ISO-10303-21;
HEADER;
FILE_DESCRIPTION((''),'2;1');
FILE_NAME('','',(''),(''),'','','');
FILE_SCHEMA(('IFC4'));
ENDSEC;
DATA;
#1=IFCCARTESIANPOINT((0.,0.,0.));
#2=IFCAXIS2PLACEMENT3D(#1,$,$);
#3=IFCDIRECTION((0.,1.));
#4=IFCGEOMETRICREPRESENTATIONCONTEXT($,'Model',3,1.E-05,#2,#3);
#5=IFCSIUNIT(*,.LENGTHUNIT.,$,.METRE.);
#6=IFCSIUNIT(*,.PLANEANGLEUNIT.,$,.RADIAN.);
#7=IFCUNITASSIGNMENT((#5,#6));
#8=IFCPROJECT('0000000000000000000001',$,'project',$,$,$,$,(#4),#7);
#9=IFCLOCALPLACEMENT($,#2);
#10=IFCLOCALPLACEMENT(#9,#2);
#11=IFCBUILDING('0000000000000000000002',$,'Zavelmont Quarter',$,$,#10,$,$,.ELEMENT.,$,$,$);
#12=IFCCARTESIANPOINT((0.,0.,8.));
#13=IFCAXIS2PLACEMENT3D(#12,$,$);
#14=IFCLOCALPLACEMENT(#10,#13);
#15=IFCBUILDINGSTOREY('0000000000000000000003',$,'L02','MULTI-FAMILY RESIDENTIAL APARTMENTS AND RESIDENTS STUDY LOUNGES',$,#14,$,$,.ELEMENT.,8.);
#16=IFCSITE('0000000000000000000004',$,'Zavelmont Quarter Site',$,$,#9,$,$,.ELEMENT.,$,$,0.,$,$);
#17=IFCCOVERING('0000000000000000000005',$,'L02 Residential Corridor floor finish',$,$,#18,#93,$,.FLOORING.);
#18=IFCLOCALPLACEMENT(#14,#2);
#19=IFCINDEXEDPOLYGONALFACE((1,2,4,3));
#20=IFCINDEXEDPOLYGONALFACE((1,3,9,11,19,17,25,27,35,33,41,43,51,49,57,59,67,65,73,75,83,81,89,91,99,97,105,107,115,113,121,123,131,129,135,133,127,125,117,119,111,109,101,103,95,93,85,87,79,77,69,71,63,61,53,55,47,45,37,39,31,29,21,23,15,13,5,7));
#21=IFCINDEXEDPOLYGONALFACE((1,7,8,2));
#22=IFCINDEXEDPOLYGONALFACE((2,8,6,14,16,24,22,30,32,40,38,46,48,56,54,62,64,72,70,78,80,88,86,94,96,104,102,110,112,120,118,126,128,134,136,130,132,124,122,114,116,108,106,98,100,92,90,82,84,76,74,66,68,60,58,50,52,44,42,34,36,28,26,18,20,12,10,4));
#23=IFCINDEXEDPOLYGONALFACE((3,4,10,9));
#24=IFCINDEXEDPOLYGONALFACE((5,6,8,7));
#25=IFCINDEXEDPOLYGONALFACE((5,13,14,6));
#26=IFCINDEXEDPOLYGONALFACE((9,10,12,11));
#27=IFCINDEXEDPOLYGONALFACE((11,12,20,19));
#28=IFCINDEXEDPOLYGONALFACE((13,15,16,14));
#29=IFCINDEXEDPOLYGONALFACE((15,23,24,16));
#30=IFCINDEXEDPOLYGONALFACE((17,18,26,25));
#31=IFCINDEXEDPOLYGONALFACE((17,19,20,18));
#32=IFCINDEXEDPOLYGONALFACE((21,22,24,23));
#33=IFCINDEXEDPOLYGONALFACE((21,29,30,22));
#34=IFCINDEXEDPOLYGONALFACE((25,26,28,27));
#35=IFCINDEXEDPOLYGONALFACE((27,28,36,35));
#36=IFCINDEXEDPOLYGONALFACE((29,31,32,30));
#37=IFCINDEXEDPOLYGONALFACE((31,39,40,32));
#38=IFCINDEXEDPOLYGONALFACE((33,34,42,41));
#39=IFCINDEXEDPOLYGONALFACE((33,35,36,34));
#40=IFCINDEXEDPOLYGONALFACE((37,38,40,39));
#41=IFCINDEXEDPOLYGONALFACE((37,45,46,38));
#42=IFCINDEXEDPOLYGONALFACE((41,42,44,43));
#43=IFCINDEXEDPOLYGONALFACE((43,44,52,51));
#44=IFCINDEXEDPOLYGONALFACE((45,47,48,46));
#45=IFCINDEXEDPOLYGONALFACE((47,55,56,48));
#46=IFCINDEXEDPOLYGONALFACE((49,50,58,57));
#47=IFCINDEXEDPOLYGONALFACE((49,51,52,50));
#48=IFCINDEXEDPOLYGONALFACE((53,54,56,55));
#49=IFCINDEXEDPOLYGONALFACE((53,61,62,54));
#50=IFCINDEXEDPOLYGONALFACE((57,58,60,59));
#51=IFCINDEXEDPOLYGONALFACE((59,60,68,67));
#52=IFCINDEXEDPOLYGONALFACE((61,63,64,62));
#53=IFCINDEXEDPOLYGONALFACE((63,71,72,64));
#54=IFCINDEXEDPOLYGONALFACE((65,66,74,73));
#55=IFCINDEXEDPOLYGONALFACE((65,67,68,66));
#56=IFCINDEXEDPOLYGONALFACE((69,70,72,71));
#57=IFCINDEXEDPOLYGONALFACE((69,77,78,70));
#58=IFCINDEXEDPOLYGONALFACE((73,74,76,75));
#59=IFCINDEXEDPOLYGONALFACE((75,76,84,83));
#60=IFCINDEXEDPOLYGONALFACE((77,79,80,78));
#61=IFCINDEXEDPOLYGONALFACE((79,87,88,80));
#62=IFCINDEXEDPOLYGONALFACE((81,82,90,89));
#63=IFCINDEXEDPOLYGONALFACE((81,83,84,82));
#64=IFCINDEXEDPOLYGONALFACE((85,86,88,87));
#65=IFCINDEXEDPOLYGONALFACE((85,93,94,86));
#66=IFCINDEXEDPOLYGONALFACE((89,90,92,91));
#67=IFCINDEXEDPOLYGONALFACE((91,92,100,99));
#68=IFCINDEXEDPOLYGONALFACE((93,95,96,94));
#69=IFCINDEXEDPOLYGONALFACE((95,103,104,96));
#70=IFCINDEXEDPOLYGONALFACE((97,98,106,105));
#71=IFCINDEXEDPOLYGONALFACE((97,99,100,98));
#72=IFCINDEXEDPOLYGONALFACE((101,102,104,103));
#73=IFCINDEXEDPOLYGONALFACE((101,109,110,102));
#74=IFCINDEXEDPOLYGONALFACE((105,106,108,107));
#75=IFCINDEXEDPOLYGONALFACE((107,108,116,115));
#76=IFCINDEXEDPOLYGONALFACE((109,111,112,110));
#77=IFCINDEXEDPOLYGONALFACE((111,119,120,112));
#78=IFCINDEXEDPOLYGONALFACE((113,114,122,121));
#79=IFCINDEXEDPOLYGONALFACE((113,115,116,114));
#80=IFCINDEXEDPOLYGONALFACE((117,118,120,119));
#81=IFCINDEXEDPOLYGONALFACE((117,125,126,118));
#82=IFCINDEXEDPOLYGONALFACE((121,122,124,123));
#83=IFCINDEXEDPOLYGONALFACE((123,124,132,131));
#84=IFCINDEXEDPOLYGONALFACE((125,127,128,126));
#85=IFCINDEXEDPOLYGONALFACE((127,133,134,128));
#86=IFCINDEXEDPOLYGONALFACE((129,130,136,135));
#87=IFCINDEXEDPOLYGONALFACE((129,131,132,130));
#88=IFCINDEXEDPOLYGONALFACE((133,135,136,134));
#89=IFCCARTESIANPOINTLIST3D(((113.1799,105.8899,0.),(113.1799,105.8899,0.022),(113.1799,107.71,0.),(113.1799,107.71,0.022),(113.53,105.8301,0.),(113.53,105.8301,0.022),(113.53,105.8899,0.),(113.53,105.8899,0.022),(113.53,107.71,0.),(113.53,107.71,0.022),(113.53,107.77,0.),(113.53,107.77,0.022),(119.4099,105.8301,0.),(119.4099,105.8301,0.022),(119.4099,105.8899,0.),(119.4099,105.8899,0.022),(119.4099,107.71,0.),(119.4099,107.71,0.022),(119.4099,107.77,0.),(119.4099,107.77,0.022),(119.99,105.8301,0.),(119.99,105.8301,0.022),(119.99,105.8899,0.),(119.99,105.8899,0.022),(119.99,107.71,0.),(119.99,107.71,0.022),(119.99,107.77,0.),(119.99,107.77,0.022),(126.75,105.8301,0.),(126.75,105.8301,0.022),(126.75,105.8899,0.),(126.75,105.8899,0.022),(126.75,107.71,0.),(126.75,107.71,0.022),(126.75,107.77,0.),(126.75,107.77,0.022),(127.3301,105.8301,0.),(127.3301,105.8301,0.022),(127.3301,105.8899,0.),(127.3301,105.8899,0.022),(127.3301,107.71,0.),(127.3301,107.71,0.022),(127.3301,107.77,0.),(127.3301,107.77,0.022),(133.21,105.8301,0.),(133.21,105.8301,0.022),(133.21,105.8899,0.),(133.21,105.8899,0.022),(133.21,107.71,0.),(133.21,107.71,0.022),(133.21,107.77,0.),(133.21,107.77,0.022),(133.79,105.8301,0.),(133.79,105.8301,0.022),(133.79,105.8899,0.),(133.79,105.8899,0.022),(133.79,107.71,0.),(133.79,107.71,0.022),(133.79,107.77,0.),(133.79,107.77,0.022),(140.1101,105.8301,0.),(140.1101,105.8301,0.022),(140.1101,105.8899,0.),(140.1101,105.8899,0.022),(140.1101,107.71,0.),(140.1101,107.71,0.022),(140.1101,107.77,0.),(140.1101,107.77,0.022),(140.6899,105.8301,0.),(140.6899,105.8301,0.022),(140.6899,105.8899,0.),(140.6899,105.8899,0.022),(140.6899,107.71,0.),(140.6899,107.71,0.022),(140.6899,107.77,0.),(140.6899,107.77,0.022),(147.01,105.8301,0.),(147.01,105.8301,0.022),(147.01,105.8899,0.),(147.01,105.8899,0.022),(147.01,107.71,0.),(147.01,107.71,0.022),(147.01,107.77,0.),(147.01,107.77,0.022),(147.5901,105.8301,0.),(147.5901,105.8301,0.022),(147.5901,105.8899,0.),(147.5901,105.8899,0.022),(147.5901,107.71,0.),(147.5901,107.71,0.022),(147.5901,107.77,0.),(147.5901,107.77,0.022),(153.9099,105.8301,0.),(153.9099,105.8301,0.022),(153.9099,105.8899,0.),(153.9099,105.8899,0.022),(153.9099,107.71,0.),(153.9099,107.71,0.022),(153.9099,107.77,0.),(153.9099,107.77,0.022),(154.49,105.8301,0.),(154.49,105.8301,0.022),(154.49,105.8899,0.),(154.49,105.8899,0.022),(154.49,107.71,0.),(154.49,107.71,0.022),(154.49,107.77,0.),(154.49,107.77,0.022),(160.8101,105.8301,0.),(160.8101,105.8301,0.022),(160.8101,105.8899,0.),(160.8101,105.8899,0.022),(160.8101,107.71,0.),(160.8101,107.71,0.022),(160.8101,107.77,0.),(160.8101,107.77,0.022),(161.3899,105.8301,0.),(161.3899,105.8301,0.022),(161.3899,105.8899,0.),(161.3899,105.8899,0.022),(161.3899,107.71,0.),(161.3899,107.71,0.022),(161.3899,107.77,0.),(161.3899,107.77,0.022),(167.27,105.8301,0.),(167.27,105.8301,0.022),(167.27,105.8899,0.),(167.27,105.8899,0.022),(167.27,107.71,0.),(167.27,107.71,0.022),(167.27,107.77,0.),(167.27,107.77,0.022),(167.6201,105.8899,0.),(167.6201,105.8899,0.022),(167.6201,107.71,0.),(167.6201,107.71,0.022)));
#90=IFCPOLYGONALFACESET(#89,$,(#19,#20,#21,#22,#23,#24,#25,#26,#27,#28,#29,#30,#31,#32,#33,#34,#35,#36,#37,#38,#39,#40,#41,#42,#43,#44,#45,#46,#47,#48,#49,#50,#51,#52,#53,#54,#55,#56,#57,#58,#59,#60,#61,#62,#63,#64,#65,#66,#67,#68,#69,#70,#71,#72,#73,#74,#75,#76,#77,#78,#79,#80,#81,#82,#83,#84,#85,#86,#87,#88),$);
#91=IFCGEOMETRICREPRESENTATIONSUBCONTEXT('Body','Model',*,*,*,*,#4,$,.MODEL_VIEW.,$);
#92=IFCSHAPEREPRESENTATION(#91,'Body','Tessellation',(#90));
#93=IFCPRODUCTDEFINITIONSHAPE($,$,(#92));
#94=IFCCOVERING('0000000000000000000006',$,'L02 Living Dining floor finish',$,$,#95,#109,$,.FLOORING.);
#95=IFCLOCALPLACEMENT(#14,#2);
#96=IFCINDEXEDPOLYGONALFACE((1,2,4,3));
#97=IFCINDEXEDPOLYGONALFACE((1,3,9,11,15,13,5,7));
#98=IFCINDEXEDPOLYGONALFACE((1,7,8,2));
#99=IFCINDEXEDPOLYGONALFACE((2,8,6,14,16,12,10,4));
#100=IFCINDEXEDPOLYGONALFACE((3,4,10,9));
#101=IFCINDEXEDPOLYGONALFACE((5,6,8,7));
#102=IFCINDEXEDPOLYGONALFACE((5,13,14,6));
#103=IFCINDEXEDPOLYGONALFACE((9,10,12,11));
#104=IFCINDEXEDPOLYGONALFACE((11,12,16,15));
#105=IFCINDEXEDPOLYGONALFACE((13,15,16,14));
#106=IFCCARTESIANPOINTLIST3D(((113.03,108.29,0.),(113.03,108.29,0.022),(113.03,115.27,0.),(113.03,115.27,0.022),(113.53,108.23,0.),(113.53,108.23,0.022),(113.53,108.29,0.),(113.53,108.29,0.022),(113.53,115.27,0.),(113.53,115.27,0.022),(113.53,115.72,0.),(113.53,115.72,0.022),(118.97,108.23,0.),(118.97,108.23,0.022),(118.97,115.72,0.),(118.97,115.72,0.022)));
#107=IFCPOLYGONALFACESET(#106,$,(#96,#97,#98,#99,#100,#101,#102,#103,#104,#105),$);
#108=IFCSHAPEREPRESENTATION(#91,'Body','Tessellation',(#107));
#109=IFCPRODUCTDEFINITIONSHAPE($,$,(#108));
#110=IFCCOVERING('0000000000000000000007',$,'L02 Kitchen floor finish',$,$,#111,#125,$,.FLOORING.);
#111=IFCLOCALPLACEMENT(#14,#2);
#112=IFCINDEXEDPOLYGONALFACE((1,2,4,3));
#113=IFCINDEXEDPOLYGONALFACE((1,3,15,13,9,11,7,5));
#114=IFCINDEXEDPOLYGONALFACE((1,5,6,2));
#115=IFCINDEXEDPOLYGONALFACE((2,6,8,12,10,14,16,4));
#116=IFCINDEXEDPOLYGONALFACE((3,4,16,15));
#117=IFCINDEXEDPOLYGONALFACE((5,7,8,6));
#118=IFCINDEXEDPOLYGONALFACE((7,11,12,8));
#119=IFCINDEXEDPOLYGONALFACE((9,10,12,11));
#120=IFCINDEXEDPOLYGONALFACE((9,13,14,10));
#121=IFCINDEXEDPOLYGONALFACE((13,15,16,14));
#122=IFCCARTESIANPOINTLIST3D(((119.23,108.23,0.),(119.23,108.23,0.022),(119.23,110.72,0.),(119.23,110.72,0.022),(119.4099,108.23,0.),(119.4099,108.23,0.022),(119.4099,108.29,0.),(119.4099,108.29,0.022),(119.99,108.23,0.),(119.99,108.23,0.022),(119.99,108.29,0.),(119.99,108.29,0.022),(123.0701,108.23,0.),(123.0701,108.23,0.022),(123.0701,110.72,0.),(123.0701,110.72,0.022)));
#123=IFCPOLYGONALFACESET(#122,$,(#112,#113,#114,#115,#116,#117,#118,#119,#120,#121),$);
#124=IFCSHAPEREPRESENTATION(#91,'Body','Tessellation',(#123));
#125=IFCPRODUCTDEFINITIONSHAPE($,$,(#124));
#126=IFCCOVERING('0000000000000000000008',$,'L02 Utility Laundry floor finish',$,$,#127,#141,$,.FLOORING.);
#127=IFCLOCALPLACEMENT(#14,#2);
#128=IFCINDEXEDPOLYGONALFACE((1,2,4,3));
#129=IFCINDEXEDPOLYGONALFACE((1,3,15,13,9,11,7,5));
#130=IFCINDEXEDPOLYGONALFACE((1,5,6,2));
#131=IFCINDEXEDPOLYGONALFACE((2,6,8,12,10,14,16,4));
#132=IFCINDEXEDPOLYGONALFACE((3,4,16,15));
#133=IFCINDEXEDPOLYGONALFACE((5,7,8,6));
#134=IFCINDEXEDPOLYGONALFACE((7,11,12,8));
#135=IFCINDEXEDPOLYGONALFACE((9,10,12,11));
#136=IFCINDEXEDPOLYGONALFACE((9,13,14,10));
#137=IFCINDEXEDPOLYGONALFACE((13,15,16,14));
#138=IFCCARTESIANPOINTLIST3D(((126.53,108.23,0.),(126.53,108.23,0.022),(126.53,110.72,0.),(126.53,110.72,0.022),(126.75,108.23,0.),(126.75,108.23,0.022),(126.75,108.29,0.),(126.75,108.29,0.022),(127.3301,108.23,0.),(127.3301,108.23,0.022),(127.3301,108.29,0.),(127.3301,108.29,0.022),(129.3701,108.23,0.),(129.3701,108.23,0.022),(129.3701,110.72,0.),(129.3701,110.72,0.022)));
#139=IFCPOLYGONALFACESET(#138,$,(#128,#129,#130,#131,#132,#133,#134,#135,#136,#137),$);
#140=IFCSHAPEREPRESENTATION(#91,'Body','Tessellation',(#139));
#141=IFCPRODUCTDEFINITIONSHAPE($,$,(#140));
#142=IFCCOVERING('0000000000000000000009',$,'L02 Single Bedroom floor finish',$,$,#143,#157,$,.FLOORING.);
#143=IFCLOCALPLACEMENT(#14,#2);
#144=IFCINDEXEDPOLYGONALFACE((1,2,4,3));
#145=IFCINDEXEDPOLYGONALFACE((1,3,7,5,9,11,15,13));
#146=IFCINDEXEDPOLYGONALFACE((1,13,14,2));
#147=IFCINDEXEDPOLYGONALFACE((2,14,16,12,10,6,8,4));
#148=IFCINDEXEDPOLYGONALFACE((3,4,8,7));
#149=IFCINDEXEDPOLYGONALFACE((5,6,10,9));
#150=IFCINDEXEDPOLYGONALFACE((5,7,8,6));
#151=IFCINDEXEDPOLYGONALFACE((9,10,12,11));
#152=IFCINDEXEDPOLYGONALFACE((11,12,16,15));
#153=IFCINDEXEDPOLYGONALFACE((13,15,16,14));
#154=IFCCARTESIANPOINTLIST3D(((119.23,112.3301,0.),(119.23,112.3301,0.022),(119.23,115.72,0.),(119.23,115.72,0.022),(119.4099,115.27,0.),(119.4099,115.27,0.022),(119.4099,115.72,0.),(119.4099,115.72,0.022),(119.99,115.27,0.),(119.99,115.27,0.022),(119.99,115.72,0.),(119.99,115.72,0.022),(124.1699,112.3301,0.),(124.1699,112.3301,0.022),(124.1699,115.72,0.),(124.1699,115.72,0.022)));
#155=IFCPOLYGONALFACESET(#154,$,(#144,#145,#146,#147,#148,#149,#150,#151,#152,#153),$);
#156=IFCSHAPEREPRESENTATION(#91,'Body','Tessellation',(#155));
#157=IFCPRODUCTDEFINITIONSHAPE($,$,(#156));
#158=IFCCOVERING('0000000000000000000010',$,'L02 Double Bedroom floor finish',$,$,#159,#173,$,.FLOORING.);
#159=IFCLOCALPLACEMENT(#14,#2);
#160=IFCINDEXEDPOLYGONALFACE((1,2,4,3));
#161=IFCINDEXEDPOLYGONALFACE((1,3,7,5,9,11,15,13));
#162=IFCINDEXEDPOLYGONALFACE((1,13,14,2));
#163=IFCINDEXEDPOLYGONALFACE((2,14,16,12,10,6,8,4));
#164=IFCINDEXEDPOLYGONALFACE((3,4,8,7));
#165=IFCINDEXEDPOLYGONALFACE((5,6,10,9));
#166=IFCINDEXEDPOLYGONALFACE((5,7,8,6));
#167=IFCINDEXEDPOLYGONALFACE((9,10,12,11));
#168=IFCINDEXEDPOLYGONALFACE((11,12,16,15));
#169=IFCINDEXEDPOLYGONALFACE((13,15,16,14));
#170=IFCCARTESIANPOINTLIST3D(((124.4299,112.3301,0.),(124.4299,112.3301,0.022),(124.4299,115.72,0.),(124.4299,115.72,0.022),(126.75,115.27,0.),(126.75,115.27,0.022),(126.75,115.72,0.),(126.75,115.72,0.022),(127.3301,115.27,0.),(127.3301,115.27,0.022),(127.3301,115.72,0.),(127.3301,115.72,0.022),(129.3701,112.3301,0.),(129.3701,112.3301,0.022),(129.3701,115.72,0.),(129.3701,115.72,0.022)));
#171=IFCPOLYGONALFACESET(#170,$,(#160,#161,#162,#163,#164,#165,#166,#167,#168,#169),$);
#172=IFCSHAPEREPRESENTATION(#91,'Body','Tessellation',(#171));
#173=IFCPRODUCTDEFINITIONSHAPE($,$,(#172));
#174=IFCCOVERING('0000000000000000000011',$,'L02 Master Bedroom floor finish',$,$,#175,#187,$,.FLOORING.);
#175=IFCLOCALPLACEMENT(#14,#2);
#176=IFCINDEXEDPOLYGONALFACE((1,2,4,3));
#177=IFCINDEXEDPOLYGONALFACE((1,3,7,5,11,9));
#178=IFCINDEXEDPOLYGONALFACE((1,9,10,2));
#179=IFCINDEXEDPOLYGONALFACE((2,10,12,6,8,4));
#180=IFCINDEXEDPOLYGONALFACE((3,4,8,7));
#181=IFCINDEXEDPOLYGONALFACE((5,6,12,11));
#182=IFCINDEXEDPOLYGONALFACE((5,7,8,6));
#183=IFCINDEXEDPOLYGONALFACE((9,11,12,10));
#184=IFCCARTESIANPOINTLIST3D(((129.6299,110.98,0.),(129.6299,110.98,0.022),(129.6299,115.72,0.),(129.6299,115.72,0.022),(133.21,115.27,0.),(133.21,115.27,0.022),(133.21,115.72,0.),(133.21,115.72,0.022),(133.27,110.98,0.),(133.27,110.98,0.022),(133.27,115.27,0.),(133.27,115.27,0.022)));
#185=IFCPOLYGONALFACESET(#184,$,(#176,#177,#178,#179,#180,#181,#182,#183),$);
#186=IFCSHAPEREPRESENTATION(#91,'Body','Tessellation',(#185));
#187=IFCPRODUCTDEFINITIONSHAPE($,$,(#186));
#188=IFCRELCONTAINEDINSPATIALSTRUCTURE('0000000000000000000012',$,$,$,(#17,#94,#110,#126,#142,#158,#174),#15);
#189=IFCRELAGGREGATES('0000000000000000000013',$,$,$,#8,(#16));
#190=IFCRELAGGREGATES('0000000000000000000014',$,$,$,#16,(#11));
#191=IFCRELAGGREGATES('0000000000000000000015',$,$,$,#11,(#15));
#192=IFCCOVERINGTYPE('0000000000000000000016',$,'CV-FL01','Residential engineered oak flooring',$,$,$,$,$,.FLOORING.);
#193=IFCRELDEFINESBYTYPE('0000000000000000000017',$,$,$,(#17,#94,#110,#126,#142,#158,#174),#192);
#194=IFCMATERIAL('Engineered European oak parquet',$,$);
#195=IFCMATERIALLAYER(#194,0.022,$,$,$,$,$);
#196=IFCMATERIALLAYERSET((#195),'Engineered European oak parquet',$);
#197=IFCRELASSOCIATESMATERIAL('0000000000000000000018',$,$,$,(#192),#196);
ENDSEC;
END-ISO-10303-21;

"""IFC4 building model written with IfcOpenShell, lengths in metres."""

from ifc_helpers import new_model, si_unit, direction, frame, origin, place, context, subcontext, project, spatial, polyline, outline, extrude, material, layer, layer_set, type_object, element, save


model = new_model("IFC4")

# Units and contexts
model_context = context("Model", 3, precision=1e-05, world=origin(), true_north=direction((0.0, 1.0)))
body_context = subcontext(model_context, "Body", "Model", "MODEL_VIEW")
ifc_project = project(units=[si_unit("LENGTHUNIT", "METRE"), si_unit("PLANEANGLEUNIT", "RADIAN")], contexts=[model_context])

# Site, building, storey
site_placement = place(None, origin())
site = spatial("IfcSite", under=ifc_project, at=site_placement, Name="Zavelmont Quarter Site", CompositionType="ELEMENT", RefElevation=0.0)
building_placement = place(site_placement, origin())
building = spatial("IfcBuilding", under=site, at=building_placement, Name="Zavelmont Quarter", CompositionType="ELEMENT")
storey_placement = place(building_placement, frame((0.0, 0.0, 8.0)))
storey = spatial("IfcBuildingStorey", under=building, at=storey_placement, Name="L02", Description="MULTI-FAMILY RESIDENTIAL APARTMENTS AND RESIDENTS STUDY LOUNGES", CompositionType="ELEMENT", Elevation=8.0)

# Coverings
ifc_material_1 = material(Name="Engineered European oak parquet")
ifc_layer_1 = layer(ifc_material_1, 0.022)
ifc_layer_set_1 = layer_set([ifc_layer_1], Name="Engineered European oak parquet")
covering_type_1 = type_object("IfcCoveringType", Name="CV-FL01", Description="Residential engineered oak flooring", PredefinedType="FLOORING", material=ifc_layer_set_1)
covering_1_placement = place(storey_placement, origin())
element("IfcCovering", 1, at=covering_1_placement, inside=storey, type_object=covering_type_1, Name="L02 Residential Corridor floor finish", PredefinedType="FLOORING", context=body_context, shape_type="SweptSolid", body=[
    extrude(outline(polyline([(113.1799, 107.71), (113.53, 107.71), (113.53, 107.77), (119.4099, 107.77), (119.4099, 107.71), (119.99, 107.71), (119.99, 107.77), (126.75, 107.77), (126.75, 107.71), (127.3301, 107.71), (127.3301, 107.77), (133.21, 107.77), (133.21, 107.71), (133.79, 107.71), (133.79, 107.77), (140.1101, 107.77), (140.1101, 107.71), (140.6899, 107.71), (140.6899, 107.77), (147.01, 107.77), (147.01, 107.71), (147.5901, 107.71), (147.5901, 107.77), (153.9099, 107.77), (153.9099, 107.71), (154.49, 107.71), (154.49, 107.77), (160.8101, 107.77), (160.8101, 107.71), (161.3899, 107.71), (161.3899, 107.77), (167.27, 107.77), (167.27, 107.71), (167.6201, 107.71), (167.6201, 105.8899), (167.27, 105.8899), (167.27, 105.8301), (161.3899, 105.8301), (161.3899, 105.8899), (160.8101, 105.8899), (160.8101, 105.8301), (154.49, 105.8301), (154.49, 105.8899), (153.9099, 105.8899), (153.9099, 105.8301), (147.5901, 105.8301), (147.5901, 105.8899), (147.01, 105.8899), (147.01, 105.8301), (140.6899, 105.8301), (140.6899, 105.8899), (140.1101, 105.8899), (140.1101, 105.8301), (133.79, 105.8301), (133.79, 105.8899), (133.21, 105.8899), (133.21, 105.8301), (127.3301, 105.8301), (127.3301, 105.8899), (126.75, 105.8899), (126.75, 105.8301), (119.99, 105.8301), (119.99, 105.8899), (119.4099, 105.8899), (119.4099, 105.8301), (113.53, 105.8301), (113.53, 105.8899), (113.1799, 105.8899), (113.1799, 107.71)])), origin(), (0.0, 0.0, 1.0), 0.022),
])
covering_2_placement = place(storey_placement, origin())
element("IfcCovering", 2, at=covering_2_placement, inside=storey, type_object=covering_type_1, Name="L02 Living Dining floor finish", PredefinedType="FLOORING", context=body_context, shape_type="SweptSolid", body=[
    extrude(outline(polyline([(113.03, 115.27), (113.53, 115.27), (113.53, 115.72), (118.97, 115.72), (118.97, 108.23), (113.53, 108.23), (113.53, 108.29), (113.03, 108.29), (113.03, 115.27)])), origin(), (0.0, 0.0, 1.0), 0.022),
])
covering_3_placement = place(storey_placement, origin())
element("IfcCovering", 3, at=covering_3_placement, inside=storey, type_object=covering_type_1, Name="L02 Kitchen floor finish", PredefinedType="FLOORING", context=body_context, shape_type="SweptSolid", body=[
    extrude(outline(polyline([(119.23, 110.72), (123.0701, 110.72), (123.0701, 108.23), (119.99, 108.23), (119.99, 108.29), (119.4099, 108.29), (119.4099, 108.23), (119.23, 108.23), (119.23, 110.72)])), origin(), (0.0, 0.0, 1.0), 0.022),
])
covering_4_placement = place(storey_placement, origin())
element("IfcCovering", 4, at=covering_4_placement, inside=storey, type_object=covering_type_1, Name="L02 Utility Laundry floor finish", PredefinedType="FLOORING", context=body_context, shape_type="SweptSolid", body=[
    extrude(outline(polyline([(126.53, 110.72), (129.3701, 110.72), (129.3701, 108.23), (127.3301, 108.23), (127.3301, 108.29), (126.75, 108.29), (126.75, 108.23), (126.53, 108.23), (126.53, 110.72)])), origin(), (0.0, 0.0, 1.0), 0.022),
])
covering_5_placement = place(storey_placement, origin())
element("IfcCovering", 5, at=covering_5_placement, inside=storey, type_object=covering_type_1, Name="L02 Single Bedroom floor finish", PredefinedType="FLOORING", context=body_context, shape_type="SweptSolid", body=[
    extrude(outline(polyline([(119.23, 115.72), (119.4099, 115.72), (119.4099, 115.27), (119.99, 115.27), (119.99, 115.72), (124.1699, 115.72), (124.1699, 112.3301), (119.23, 112.3301), (119.23, 115.72)])), origin(), (0.0, 0.0, 1.0), 0.022),
])
covering_6_placement = place(storey_placement, origin())
element("IfcCovering", 6, at=covering_6_placement, inside=storey, type_object=covering_type_1, Name="L02 Double Bedroom floor finish", PredefinedType="FLOORING", context=body_context, shape_type="SweptSolid", body=[
    extrude(outline(polyline([(124.4299, 115.72), (126.75, 115.72), (126.75, 115.27), (127.3301, 115.27), (127.3301, 115.72), (129.3701, 115.72), (129.3701, 112.3301), (124.4299, 112.3301), (124.4299, 115.72)])), origin(), (0.0, 0.0, 1.0), 0.022),
])
covering_7_placement = place(storey_placement, origin())
element("IfcCovering", 7, at=covering_7_placement, inside=storey, type_object=covering_type_1, Name="L02 Master Bedroom floor finish", PredefinedType="FLOORING", context=body_context, shape_type="SweptSolid", body=[
    extrude(outline(polyline([(129.6299, 115.72), (133.21, 115.72), (133.21, 115.27), (133.27, 115.27), (133.27, 110.98), (129.6299, 110.98), (129.6299, 115.72)])), origin(), (0.0, 0.0, 1.0), 0.022),
])

save(model, "model.ifc")
